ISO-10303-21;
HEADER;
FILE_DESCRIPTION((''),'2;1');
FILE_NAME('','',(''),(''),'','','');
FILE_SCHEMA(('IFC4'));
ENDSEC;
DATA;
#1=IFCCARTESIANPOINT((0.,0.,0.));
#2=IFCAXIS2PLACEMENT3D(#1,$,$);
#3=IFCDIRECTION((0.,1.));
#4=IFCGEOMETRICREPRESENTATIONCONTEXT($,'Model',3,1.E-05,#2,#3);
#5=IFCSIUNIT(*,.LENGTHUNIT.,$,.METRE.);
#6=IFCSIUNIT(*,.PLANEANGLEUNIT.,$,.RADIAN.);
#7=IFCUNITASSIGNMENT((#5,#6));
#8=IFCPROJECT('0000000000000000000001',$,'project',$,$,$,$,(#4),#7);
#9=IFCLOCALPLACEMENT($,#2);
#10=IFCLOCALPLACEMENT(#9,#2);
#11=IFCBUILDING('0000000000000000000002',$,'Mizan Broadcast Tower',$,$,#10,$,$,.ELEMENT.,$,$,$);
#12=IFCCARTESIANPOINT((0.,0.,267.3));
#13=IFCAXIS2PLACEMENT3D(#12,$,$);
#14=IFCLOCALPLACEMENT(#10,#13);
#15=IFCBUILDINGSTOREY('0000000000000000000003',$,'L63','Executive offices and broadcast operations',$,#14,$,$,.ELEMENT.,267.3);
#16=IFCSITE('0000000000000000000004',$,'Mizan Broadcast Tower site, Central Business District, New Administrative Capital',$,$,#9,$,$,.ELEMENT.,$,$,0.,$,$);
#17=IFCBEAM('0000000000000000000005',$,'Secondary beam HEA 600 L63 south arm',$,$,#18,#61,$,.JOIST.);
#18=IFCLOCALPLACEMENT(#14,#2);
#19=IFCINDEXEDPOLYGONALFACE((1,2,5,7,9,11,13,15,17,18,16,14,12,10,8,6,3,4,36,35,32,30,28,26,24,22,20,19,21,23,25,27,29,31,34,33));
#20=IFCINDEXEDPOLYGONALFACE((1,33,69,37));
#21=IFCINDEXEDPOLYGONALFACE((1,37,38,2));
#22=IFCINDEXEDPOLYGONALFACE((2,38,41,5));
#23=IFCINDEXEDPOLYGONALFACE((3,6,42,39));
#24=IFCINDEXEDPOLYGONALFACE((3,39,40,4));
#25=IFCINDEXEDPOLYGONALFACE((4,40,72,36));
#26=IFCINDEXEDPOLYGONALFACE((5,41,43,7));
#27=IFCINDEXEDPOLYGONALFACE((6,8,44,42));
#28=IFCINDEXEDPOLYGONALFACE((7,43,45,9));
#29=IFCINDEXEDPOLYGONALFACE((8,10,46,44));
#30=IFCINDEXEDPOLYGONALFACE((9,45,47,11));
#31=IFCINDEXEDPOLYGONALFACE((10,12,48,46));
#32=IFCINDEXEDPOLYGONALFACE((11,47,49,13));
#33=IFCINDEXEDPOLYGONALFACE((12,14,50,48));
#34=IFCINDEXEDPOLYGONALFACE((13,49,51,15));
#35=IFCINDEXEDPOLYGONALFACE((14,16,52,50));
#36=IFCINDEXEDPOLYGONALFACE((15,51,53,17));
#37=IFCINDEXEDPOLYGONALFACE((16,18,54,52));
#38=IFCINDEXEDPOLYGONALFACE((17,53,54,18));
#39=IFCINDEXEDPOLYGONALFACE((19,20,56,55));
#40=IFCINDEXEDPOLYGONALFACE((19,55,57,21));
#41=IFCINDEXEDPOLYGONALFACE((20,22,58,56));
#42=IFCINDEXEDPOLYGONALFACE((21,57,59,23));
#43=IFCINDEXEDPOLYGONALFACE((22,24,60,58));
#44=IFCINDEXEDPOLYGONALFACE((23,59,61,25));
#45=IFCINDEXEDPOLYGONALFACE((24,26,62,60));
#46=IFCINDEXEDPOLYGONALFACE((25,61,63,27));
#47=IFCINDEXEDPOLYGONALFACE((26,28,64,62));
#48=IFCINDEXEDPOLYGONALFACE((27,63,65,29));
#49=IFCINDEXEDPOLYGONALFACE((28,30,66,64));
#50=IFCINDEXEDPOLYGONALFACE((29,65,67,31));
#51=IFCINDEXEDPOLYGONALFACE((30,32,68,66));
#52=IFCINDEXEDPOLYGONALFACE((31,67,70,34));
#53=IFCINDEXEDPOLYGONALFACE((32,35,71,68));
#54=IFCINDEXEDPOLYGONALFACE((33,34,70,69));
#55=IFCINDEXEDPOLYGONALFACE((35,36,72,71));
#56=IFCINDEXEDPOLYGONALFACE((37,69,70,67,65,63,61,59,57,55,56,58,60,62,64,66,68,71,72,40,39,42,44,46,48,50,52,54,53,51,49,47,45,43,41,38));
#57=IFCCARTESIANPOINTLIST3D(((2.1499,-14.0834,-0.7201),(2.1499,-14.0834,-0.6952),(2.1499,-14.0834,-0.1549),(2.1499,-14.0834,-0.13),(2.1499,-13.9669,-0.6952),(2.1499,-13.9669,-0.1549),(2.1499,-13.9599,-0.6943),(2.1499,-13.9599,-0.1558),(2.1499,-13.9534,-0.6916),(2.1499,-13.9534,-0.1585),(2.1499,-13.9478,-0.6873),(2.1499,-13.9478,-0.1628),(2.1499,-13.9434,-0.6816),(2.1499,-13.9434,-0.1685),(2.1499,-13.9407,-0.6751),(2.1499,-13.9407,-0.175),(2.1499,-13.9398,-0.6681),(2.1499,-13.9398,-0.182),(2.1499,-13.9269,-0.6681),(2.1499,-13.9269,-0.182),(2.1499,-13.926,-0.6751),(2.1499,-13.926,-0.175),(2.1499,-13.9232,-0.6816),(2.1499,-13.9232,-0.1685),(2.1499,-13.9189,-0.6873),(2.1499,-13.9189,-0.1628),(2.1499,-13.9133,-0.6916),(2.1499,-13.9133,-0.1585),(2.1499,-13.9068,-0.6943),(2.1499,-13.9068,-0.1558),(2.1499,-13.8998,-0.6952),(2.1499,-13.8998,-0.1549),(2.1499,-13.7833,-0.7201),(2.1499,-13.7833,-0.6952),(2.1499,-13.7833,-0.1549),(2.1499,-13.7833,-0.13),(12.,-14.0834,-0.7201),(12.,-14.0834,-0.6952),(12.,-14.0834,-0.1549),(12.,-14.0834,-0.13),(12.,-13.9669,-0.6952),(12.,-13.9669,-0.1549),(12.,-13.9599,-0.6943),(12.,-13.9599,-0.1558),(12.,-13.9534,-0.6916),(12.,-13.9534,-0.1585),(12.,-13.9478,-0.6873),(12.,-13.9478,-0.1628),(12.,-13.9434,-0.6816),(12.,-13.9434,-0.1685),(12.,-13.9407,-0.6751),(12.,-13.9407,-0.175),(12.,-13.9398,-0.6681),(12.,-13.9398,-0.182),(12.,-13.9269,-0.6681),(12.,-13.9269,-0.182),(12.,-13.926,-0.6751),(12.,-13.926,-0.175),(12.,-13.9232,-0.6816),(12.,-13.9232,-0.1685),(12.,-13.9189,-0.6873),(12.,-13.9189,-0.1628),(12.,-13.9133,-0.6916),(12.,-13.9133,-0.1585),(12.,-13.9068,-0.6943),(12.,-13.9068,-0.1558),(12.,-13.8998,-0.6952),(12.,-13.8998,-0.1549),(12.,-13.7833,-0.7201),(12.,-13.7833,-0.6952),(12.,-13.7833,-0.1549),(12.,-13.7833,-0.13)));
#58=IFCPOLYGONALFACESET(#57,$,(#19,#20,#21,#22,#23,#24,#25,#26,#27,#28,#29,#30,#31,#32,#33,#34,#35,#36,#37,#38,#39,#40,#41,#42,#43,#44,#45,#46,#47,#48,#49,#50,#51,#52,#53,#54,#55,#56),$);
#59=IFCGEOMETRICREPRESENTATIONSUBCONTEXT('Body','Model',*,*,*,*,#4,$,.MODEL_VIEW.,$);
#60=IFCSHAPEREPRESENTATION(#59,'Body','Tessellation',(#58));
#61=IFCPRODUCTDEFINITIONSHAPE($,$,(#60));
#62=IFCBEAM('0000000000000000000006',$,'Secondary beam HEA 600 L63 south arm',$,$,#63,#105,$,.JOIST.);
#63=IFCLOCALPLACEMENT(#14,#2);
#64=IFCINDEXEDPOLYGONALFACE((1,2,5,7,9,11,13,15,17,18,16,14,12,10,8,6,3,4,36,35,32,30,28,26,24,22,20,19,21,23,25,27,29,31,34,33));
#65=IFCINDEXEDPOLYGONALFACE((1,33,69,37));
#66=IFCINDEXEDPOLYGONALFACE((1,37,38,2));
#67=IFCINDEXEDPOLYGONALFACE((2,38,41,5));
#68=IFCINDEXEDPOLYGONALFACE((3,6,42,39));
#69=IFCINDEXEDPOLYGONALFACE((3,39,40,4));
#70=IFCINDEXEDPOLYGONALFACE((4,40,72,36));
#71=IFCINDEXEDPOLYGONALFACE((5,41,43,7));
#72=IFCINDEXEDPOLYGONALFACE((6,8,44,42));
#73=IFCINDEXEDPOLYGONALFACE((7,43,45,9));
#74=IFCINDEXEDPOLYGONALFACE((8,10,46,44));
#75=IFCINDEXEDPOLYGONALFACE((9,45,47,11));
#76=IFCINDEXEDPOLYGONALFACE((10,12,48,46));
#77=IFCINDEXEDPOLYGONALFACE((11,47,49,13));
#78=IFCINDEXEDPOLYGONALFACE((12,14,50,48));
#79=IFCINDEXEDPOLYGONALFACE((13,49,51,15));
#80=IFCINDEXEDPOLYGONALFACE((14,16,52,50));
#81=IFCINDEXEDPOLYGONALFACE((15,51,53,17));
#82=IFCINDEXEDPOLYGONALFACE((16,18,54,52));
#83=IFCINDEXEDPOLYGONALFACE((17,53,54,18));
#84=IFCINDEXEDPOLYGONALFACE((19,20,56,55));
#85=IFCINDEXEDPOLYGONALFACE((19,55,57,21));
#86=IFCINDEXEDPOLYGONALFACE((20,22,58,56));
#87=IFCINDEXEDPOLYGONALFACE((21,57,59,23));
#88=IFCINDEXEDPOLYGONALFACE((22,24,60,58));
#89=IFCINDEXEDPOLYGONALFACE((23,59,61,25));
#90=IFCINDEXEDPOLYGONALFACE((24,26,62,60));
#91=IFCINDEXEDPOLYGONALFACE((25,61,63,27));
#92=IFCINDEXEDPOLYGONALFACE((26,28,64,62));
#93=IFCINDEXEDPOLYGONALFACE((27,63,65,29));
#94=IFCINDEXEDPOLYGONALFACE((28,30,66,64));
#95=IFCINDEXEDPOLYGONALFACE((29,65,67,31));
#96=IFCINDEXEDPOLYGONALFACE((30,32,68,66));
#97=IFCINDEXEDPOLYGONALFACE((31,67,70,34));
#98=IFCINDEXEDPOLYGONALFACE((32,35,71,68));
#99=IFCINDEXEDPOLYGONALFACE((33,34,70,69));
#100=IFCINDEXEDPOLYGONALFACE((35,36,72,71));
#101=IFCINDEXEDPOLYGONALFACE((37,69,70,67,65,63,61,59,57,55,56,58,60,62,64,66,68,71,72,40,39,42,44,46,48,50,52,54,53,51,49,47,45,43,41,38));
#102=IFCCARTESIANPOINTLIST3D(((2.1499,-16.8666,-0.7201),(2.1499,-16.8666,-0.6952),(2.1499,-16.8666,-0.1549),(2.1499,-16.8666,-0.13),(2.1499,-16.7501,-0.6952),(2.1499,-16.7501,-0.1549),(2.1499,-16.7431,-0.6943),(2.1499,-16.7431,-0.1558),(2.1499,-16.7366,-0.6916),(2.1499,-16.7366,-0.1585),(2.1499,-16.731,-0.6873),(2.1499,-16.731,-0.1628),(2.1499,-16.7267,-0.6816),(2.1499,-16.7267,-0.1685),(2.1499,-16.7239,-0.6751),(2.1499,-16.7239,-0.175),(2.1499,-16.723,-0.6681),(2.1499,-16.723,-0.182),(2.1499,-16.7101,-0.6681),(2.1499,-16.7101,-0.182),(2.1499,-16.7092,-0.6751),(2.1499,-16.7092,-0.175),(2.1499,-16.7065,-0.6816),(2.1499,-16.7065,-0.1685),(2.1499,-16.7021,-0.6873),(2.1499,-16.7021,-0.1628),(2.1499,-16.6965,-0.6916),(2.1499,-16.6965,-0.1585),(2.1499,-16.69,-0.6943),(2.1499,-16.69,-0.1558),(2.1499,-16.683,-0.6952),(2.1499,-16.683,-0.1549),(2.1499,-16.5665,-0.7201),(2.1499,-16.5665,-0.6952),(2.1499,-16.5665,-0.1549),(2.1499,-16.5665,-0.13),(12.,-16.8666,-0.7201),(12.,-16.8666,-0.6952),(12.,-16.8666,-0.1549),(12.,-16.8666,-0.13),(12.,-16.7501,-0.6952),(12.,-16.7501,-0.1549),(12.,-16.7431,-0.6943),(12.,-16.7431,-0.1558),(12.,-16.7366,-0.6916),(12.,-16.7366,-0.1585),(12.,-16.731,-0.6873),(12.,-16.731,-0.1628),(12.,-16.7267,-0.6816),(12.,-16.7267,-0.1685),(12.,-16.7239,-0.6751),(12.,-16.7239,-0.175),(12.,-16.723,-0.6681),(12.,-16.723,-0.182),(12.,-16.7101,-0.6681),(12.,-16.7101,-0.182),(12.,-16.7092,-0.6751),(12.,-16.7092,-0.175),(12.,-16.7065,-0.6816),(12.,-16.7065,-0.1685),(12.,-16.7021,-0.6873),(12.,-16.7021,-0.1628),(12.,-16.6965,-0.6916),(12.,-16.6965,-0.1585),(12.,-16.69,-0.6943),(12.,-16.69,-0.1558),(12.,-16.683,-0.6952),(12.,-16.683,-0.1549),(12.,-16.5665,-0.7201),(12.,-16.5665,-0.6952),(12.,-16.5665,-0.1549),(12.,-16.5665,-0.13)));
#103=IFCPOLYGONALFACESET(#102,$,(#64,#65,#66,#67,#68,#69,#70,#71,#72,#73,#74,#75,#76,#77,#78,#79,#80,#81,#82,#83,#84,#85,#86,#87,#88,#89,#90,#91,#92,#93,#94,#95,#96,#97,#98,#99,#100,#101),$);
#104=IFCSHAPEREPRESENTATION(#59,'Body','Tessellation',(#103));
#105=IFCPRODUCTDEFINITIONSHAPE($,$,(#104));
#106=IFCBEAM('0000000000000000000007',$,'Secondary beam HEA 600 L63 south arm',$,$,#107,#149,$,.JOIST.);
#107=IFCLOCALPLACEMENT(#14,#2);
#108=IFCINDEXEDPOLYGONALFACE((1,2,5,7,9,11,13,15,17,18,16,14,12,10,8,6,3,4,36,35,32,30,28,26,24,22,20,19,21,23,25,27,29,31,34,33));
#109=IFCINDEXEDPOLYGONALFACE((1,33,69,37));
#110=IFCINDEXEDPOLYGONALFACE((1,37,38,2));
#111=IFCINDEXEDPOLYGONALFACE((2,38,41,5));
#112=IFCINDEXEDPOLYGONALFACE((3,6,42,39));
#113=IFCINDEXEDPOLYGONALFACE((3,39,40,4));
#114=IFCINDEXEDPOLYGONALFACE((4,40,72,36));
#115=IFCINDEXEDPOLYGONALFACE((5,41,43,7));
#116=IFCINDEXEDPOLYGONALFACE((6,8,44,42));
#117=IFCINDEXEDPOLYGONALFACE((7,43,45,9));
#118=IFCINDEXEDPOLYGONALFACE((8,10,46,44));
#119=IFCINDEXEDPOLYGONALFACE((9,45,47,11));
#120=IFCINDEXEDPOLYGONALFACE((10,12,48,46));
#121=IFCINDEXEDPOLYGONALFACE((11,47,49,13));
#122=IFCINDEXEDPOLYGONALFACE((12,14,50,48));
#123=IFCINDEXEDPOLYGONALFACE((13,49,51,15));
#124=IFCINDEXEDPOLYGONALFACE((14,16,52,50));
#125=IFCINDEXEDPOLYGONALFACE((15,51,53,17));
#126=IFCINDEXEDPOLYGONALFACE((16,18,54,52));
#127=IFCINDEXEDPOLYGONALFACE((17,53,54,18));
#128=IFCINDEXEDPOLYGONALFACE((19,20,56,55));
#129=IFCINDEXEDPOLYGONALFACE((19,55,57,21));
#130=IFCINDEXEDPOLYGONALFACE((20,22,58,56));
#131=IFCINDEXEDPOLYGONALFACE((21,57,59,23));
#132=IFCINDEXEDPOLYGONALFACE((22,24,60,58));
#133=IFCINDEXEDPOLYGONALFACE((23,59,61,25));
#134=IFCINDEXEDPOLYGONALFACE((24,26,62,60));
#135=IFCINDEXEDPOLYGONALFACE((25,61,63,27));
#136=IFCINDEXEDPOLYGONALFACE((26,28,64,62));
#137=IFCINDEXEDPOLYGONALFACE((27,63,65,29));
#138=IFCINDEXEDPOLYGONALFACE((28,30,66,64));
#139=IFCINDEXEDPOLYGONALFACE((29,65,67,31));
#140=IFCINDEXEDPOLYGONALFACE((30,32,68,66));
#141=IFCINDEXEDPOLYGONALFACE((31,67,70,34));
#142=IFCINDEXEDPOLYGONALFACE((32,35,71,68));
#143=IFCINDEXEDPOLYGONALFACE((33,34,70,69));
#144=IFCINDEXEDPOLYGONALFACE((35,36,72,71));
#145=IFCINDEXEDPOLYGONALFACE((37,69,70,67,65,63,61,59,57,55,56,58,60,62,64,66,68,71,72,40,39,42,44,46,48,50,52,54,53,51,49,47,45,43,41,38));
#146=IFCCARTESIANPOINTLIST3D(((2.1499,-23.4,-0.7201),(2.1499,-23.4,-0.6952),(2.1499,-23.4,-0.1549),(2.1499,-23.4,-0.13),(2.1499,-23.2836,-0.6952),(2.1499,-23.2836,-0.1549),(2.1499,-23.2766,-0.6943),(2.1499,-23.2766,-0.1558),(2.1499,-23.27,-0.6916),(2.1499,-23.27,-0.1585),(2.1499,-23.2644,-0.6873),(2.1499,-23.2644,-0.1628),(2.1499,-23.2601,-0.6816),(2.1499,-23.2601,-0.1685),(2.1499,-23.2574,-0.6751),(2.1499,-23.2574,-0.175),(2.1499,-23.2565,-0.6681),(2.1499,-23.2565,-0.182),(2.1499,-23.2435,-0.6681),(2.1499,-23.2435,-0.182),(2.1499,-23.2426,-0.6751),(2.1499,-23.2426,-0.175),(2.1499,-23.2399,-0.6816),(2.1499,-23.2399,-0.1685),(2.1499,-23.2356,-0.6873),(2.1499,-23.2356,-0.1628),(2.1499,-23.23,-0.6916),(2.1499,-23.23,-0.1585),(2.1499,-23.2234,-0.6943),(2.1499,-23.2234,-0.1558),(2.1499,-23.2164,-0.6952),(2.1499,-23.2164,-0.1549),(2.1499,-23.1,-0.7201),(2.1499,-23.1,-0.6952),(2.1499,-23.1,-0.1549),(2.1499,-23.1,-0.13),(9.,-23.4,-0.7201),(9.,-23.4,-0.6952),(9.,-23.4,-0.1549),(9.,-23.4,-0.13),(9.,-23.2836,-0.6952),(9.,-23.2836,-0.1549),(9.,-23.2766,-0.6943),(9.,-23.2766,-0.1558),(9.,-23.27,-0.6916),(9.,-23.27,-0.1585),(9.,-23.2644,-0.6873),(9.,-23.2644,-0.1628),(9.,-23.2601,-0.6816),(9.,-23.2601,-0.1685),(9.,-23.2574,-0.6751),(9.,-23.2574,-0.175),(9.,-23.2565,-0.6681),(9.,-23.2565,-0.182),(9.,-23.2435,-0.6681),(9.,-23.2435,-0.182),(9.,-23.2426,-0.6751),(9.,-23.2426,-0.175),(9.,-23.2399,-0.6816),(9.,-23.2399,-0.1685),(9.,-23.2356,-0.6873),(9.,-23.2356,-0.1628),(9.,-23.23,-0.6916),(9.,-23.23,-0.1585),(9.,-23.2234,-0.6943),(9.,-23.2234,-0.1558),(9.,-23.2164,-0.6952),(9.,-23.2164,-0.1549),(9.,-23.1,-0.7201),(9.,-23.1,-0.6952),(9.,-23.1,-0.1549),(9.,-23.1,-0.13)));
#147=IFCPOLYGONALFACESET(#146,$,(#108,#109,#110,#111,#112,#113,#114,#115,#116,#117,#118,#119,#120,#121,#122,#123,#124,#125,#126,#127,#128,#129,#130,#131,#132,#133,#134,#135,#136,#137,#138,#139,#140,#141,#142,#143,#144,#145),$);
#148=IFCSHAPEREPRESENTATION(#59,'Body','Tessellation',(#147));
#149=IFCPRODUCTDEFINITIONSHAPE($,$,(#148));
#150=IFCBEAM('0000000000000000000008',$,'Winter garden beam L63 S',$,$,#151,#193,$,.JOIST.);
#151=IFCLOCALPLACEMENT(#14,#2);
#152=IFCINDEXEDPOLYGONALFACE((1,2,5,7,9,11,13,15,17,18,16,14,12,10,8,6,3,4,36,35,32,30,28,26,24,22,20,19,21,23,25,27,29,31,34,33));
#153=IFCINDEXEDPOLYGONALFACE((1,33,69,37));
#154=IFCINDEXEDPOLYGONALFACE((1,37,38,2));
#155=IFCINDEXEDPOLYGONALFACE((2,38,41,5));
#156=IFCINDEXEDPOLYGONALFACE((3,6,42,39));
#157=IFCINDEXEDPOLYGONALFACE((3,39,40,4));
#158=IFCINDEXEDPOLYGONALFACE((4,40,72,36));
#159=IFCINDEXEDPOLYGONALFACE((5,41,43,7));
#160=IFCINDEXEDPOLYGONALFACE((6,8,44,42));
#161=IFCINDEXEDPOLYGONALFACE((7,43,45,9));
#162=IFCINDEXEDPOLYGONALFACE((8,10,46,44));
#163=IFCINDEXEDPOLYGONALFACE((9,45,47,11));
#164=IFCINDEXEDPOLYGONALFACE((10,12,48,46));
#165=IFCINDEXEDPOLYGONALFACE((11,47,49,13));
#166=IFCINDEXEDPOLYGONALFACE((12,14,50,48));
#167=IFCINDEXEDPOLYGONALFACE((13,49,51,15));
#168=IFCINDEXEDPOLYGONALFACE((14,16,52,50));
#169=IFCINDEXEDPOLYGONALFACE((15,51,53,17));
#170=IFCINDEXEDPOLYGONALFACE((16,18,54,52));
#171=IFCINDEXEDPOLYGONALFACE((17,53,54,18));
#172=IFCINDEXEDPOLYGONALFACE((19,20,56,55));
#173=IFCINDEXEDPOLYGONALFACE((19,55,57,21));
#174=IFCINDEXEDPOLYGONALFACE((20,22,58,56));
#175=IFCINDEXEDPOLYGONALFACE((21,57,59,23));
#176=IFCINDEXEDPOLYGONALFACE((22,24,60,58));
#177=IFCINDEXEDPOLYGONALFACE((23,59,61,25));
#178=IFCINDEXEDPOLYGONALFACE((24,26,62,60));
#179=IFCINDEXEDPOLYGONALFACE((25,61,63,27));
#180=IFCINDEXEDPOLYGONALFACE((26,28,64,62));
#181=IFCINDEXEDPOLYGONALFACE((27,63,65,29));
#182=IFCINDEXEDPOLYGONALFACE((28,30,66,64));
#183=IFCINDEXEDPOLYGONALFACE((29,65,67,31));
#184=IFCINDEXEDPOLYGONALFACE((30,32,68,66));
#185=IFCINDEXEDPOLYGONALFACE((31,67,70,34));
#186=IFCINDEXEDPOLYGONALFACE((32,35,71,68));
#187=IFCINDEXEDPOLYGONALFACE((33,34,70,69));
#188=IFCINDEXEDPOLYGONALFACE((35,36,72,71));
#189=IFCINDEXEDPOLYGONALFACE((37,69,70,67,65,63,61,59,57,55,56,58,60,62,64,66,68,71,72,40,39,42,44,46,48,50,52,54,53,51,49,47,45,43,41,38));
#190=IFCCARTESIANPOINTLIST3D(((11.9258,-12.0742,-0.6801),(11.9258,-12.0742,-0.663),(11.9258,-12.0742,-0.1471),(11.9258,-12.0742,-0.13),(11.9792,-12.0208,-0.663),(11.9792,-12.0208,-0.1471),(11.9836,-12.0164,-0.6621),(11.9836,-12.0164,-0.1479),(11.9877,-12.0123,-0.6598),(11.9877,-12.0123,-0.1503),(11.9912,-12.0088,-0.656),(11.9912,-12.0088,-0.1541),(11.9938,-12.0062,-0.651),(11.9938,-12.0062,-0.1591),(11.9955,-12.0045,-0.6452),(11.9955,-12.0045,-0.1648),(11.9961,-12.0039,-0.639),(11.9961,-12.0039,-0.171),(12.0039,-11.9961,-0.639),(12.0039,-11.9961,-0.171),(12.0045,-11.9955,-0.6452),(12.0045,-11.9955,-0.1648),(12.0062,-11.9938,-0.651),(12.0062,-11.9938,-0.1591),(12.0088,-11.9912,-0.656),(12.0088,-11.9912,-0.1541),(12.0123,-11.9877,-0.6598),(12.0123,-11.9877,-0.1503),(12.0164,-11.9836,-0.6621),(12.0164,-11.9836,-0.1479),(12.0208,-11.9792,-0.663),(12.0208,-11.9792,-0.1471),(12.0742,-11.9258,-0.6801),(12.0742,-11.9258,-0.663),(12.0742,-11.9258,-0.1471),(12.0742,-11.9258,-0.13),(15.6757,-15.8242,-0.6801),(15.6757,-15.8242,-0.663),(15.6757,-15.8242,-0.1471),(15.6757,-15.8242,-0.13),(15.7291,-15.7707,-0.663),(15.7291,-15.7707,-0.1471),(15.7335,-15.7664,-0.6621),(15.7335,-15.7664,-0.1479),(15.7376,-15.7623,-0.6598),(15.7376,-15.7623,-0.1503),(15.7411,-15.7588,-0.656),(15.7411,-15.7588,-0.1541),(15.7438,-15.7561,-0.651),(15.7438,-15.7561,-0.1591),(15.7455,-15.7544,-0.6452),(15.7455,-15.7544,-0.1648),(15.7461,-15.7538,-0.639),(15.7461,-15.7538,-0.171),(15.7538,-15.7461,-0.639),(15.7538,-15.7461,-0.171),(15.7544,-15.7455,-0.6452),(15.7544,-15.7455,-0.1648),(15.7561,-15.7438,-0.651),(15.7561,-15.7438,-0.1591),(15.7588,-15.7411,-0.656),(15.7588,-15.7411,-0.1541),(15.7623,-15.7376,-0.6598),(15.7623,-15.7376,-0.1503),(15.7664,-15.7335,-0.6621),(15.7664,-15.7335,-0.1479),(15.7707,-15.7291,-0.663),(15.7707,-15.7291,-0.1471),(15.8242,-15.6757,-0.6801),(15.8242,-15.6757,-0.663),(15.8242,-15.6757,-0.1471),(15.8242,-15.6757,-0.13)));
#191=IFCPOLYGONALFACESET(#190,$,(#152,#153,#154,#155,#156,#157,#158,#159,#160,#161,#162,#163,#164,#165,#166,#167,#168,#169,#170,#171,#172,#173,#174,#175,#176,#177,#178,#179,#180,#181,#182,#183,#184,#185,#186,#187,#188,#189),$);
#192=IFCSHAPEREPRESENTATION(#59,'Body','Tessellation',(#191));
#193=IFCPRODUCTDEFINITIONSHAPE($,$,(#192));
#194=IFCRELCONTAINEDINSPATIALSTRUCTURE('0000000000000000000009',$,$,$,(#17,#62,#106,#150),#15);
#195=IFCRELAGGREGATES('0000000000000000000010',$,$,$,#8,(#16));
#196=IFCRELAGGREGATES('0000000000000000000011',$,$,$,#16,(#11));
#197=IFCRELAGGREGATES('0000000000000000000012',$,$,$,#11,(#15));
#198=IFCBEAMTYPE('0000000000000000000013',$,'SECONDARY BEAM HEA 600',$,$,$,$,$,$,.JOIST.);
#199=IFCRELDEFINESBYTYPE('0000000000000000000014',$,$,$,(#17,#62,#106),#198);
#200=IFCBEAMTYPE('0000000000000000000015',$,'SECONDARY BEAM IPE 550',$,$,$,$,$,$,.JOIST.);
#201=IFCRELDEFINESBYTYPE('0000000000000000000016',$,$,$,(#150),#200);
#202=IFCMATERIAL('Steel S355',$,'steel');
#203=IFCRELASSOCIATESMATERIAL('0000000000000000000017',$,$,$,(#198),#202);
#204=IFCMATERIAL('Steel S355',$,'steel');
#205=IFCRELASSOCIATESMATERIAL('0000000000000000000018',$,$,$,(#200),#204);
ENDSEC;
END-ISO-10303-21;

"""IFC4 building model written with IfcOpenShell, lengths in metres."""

from ifc_helpers import new_model, si_unit, direction, frame, origin, origin_2d, place, context, subcontext, project, spatial, i_section, extrude, material, material_profile, profile_set, type_object, element, save


model = new_model("IFC4")

# Units and contexts
model_context = context("Model", 3, precision=1e-05, world=origin(), true_north=direction((0.0, 1.0)))
body_context = subcontext(model_context, "Body", "Model", "MODEL_VIEW")
ifc_project = project(units=[si_unit("LENGTHUNIT", "METRE"), si_unit("PLANEANGLEUNIT", "RADIAN")], contexts=[model_context])

# Site, building, storey
site_placement = place(None, origin())
site = spatial("IfcSite", under=ifc_project, at=site_placement, Name="Mizan Broadcast Tower site, Central Business District, New Administrative Capital", CompositionType="ELEMENT", RefElevation=0.0)
building_placement = place(site_placement, origin())
building = spatial("IfcBuilding", under=site, at=building_placement, Name="Mizan Broadcast Tower", CompositionType="ELEMENT")
storey_placement = place(building_placement, frame((0.0, 0.0, 267.3)))
storey = spatial("IfcBuildingStorey", under=building, at=storey_placement, Name="L63", Description="Executive offices and broadcast operations", CompositionType="ELEMENT", Elevation=267.3)

# Beams
ifc_material_1 = material(Name="Steel S355", Category="steel")
ifc_material_profile_1 = material_profile(ifc_material_1, i_section(OverallWidth=0.3, OverallDepth=0.5901, WebThickness=0.0129, FlangeThickness=0.0249, FilletRadius=0.0271, at=origin_2d()), Name="HEA 600")
ifc_profile_set_1 = profile_set([ifc_material_profile_1], Name="Steel S355")
beam_type_1 = type_object("IfcBeamType", Name="SECONDARY BEAM HEA 600", PredefinedType="JOIST", material=ifc_profile_set_1)
for number, where, z_axis, x_axis, name in (
    (1, (12.0, -13.9333, -0.425), (-1.0, 0.0, 0.0), (0.0, -1.0, 0.0), "Secondary beam HEA 600 L63 south arm"),
    (2, (12.0, -16.7166, -0.425), (-1.0, 0.0, 0.0), (0.0, -1.0, 0.0), "Secondary beam HEA 600 L63 south arm"),
):
    element("IfcBeam", number, at=place(storey_placement, frame(where, z_axis=z_axis, x_axis=x_axis)), inside=storey, type_object=beam_type_1, Name=name, PredefinedType="JOIST", context=body_context, shape_type="SweptSolid", body=[
        extrude(i_section(OverallWidth=0.3, OverallDepth=0.5901, WebThickness=0.0129, FlangeThickness=0.0249, FilletRadius=0.0271, at=origin_2d()), origin(), (0.0, 0.0, 1.0), 9.8501),
    ])
beam_1_placement = place(storey_placement, frame((9.0, -23.25, -0.425), z_axis=(-1.0, 0.0, 0.0), x_axis=(0.0, -1.0, 0.0)))
element("IfcBeam", 3, at=beam_1_placement, inside=storey, type_object=beam_type_1, Name="Secondary beam HEA 600 L63 south arm", PredefinedType="JOIST", context=body_context, shape_type="SweptSolid", body=[
    extrude(i_section(OverallWidth=0.3, OverallDepth=0.5901, WebThickness=0.0129, FlangeThickness=0.0249, FilletRadius=0.0271, at=origin_2d()), origin(), (0.0, 0.0, 1.0), 6.8501),
])
ifc_material_2 = material(Name="Steel S355", Category="steel")
ifc_material_profile_2 = material_profile(ifc_material_2, i_section(OverallWidth=0.21, OverallDepth=0.55, WebThickness=0.011, FlangeThickness=0.0171, FilletRadius=0.0239, at=origin_2d()), Name="IPE 550")
ifc_profile_set_2 = profile_set([ifc_material_profile_2], Name="Steel S355")
beam_type_2 = type_object("IfcBeamType", Name="SECONDARY BEAM IPE 550", PredefinedType="JOIST", material=ifc_profile_set_2)
beam_2_placement = place(storey_placement, frame((12.0, -12.0, -0.405), z_axis=(0.707107, -0.707107, 0.0), x_axis=(0.707107, 0.707107, 0.0)))
element("IfcBeam", 4, at=beam_2_placement, inside=storey, type_object=beam_type_2, Name="Winter garden beam L63 S", PredefinedType="JOIST", context=body_context, shape_type="SweptSolid", body=[
    extrude(i_section(OverallWidth=0.21, OverallDepth=0.55, WebThickness=0.011, FlangeThickness=0.0171, FilletRadius=0.0239, at=origin_2d()), origin(), (0.0, 0.0, 1.0), 5.3032),
])

save(model, "model.ifc")
